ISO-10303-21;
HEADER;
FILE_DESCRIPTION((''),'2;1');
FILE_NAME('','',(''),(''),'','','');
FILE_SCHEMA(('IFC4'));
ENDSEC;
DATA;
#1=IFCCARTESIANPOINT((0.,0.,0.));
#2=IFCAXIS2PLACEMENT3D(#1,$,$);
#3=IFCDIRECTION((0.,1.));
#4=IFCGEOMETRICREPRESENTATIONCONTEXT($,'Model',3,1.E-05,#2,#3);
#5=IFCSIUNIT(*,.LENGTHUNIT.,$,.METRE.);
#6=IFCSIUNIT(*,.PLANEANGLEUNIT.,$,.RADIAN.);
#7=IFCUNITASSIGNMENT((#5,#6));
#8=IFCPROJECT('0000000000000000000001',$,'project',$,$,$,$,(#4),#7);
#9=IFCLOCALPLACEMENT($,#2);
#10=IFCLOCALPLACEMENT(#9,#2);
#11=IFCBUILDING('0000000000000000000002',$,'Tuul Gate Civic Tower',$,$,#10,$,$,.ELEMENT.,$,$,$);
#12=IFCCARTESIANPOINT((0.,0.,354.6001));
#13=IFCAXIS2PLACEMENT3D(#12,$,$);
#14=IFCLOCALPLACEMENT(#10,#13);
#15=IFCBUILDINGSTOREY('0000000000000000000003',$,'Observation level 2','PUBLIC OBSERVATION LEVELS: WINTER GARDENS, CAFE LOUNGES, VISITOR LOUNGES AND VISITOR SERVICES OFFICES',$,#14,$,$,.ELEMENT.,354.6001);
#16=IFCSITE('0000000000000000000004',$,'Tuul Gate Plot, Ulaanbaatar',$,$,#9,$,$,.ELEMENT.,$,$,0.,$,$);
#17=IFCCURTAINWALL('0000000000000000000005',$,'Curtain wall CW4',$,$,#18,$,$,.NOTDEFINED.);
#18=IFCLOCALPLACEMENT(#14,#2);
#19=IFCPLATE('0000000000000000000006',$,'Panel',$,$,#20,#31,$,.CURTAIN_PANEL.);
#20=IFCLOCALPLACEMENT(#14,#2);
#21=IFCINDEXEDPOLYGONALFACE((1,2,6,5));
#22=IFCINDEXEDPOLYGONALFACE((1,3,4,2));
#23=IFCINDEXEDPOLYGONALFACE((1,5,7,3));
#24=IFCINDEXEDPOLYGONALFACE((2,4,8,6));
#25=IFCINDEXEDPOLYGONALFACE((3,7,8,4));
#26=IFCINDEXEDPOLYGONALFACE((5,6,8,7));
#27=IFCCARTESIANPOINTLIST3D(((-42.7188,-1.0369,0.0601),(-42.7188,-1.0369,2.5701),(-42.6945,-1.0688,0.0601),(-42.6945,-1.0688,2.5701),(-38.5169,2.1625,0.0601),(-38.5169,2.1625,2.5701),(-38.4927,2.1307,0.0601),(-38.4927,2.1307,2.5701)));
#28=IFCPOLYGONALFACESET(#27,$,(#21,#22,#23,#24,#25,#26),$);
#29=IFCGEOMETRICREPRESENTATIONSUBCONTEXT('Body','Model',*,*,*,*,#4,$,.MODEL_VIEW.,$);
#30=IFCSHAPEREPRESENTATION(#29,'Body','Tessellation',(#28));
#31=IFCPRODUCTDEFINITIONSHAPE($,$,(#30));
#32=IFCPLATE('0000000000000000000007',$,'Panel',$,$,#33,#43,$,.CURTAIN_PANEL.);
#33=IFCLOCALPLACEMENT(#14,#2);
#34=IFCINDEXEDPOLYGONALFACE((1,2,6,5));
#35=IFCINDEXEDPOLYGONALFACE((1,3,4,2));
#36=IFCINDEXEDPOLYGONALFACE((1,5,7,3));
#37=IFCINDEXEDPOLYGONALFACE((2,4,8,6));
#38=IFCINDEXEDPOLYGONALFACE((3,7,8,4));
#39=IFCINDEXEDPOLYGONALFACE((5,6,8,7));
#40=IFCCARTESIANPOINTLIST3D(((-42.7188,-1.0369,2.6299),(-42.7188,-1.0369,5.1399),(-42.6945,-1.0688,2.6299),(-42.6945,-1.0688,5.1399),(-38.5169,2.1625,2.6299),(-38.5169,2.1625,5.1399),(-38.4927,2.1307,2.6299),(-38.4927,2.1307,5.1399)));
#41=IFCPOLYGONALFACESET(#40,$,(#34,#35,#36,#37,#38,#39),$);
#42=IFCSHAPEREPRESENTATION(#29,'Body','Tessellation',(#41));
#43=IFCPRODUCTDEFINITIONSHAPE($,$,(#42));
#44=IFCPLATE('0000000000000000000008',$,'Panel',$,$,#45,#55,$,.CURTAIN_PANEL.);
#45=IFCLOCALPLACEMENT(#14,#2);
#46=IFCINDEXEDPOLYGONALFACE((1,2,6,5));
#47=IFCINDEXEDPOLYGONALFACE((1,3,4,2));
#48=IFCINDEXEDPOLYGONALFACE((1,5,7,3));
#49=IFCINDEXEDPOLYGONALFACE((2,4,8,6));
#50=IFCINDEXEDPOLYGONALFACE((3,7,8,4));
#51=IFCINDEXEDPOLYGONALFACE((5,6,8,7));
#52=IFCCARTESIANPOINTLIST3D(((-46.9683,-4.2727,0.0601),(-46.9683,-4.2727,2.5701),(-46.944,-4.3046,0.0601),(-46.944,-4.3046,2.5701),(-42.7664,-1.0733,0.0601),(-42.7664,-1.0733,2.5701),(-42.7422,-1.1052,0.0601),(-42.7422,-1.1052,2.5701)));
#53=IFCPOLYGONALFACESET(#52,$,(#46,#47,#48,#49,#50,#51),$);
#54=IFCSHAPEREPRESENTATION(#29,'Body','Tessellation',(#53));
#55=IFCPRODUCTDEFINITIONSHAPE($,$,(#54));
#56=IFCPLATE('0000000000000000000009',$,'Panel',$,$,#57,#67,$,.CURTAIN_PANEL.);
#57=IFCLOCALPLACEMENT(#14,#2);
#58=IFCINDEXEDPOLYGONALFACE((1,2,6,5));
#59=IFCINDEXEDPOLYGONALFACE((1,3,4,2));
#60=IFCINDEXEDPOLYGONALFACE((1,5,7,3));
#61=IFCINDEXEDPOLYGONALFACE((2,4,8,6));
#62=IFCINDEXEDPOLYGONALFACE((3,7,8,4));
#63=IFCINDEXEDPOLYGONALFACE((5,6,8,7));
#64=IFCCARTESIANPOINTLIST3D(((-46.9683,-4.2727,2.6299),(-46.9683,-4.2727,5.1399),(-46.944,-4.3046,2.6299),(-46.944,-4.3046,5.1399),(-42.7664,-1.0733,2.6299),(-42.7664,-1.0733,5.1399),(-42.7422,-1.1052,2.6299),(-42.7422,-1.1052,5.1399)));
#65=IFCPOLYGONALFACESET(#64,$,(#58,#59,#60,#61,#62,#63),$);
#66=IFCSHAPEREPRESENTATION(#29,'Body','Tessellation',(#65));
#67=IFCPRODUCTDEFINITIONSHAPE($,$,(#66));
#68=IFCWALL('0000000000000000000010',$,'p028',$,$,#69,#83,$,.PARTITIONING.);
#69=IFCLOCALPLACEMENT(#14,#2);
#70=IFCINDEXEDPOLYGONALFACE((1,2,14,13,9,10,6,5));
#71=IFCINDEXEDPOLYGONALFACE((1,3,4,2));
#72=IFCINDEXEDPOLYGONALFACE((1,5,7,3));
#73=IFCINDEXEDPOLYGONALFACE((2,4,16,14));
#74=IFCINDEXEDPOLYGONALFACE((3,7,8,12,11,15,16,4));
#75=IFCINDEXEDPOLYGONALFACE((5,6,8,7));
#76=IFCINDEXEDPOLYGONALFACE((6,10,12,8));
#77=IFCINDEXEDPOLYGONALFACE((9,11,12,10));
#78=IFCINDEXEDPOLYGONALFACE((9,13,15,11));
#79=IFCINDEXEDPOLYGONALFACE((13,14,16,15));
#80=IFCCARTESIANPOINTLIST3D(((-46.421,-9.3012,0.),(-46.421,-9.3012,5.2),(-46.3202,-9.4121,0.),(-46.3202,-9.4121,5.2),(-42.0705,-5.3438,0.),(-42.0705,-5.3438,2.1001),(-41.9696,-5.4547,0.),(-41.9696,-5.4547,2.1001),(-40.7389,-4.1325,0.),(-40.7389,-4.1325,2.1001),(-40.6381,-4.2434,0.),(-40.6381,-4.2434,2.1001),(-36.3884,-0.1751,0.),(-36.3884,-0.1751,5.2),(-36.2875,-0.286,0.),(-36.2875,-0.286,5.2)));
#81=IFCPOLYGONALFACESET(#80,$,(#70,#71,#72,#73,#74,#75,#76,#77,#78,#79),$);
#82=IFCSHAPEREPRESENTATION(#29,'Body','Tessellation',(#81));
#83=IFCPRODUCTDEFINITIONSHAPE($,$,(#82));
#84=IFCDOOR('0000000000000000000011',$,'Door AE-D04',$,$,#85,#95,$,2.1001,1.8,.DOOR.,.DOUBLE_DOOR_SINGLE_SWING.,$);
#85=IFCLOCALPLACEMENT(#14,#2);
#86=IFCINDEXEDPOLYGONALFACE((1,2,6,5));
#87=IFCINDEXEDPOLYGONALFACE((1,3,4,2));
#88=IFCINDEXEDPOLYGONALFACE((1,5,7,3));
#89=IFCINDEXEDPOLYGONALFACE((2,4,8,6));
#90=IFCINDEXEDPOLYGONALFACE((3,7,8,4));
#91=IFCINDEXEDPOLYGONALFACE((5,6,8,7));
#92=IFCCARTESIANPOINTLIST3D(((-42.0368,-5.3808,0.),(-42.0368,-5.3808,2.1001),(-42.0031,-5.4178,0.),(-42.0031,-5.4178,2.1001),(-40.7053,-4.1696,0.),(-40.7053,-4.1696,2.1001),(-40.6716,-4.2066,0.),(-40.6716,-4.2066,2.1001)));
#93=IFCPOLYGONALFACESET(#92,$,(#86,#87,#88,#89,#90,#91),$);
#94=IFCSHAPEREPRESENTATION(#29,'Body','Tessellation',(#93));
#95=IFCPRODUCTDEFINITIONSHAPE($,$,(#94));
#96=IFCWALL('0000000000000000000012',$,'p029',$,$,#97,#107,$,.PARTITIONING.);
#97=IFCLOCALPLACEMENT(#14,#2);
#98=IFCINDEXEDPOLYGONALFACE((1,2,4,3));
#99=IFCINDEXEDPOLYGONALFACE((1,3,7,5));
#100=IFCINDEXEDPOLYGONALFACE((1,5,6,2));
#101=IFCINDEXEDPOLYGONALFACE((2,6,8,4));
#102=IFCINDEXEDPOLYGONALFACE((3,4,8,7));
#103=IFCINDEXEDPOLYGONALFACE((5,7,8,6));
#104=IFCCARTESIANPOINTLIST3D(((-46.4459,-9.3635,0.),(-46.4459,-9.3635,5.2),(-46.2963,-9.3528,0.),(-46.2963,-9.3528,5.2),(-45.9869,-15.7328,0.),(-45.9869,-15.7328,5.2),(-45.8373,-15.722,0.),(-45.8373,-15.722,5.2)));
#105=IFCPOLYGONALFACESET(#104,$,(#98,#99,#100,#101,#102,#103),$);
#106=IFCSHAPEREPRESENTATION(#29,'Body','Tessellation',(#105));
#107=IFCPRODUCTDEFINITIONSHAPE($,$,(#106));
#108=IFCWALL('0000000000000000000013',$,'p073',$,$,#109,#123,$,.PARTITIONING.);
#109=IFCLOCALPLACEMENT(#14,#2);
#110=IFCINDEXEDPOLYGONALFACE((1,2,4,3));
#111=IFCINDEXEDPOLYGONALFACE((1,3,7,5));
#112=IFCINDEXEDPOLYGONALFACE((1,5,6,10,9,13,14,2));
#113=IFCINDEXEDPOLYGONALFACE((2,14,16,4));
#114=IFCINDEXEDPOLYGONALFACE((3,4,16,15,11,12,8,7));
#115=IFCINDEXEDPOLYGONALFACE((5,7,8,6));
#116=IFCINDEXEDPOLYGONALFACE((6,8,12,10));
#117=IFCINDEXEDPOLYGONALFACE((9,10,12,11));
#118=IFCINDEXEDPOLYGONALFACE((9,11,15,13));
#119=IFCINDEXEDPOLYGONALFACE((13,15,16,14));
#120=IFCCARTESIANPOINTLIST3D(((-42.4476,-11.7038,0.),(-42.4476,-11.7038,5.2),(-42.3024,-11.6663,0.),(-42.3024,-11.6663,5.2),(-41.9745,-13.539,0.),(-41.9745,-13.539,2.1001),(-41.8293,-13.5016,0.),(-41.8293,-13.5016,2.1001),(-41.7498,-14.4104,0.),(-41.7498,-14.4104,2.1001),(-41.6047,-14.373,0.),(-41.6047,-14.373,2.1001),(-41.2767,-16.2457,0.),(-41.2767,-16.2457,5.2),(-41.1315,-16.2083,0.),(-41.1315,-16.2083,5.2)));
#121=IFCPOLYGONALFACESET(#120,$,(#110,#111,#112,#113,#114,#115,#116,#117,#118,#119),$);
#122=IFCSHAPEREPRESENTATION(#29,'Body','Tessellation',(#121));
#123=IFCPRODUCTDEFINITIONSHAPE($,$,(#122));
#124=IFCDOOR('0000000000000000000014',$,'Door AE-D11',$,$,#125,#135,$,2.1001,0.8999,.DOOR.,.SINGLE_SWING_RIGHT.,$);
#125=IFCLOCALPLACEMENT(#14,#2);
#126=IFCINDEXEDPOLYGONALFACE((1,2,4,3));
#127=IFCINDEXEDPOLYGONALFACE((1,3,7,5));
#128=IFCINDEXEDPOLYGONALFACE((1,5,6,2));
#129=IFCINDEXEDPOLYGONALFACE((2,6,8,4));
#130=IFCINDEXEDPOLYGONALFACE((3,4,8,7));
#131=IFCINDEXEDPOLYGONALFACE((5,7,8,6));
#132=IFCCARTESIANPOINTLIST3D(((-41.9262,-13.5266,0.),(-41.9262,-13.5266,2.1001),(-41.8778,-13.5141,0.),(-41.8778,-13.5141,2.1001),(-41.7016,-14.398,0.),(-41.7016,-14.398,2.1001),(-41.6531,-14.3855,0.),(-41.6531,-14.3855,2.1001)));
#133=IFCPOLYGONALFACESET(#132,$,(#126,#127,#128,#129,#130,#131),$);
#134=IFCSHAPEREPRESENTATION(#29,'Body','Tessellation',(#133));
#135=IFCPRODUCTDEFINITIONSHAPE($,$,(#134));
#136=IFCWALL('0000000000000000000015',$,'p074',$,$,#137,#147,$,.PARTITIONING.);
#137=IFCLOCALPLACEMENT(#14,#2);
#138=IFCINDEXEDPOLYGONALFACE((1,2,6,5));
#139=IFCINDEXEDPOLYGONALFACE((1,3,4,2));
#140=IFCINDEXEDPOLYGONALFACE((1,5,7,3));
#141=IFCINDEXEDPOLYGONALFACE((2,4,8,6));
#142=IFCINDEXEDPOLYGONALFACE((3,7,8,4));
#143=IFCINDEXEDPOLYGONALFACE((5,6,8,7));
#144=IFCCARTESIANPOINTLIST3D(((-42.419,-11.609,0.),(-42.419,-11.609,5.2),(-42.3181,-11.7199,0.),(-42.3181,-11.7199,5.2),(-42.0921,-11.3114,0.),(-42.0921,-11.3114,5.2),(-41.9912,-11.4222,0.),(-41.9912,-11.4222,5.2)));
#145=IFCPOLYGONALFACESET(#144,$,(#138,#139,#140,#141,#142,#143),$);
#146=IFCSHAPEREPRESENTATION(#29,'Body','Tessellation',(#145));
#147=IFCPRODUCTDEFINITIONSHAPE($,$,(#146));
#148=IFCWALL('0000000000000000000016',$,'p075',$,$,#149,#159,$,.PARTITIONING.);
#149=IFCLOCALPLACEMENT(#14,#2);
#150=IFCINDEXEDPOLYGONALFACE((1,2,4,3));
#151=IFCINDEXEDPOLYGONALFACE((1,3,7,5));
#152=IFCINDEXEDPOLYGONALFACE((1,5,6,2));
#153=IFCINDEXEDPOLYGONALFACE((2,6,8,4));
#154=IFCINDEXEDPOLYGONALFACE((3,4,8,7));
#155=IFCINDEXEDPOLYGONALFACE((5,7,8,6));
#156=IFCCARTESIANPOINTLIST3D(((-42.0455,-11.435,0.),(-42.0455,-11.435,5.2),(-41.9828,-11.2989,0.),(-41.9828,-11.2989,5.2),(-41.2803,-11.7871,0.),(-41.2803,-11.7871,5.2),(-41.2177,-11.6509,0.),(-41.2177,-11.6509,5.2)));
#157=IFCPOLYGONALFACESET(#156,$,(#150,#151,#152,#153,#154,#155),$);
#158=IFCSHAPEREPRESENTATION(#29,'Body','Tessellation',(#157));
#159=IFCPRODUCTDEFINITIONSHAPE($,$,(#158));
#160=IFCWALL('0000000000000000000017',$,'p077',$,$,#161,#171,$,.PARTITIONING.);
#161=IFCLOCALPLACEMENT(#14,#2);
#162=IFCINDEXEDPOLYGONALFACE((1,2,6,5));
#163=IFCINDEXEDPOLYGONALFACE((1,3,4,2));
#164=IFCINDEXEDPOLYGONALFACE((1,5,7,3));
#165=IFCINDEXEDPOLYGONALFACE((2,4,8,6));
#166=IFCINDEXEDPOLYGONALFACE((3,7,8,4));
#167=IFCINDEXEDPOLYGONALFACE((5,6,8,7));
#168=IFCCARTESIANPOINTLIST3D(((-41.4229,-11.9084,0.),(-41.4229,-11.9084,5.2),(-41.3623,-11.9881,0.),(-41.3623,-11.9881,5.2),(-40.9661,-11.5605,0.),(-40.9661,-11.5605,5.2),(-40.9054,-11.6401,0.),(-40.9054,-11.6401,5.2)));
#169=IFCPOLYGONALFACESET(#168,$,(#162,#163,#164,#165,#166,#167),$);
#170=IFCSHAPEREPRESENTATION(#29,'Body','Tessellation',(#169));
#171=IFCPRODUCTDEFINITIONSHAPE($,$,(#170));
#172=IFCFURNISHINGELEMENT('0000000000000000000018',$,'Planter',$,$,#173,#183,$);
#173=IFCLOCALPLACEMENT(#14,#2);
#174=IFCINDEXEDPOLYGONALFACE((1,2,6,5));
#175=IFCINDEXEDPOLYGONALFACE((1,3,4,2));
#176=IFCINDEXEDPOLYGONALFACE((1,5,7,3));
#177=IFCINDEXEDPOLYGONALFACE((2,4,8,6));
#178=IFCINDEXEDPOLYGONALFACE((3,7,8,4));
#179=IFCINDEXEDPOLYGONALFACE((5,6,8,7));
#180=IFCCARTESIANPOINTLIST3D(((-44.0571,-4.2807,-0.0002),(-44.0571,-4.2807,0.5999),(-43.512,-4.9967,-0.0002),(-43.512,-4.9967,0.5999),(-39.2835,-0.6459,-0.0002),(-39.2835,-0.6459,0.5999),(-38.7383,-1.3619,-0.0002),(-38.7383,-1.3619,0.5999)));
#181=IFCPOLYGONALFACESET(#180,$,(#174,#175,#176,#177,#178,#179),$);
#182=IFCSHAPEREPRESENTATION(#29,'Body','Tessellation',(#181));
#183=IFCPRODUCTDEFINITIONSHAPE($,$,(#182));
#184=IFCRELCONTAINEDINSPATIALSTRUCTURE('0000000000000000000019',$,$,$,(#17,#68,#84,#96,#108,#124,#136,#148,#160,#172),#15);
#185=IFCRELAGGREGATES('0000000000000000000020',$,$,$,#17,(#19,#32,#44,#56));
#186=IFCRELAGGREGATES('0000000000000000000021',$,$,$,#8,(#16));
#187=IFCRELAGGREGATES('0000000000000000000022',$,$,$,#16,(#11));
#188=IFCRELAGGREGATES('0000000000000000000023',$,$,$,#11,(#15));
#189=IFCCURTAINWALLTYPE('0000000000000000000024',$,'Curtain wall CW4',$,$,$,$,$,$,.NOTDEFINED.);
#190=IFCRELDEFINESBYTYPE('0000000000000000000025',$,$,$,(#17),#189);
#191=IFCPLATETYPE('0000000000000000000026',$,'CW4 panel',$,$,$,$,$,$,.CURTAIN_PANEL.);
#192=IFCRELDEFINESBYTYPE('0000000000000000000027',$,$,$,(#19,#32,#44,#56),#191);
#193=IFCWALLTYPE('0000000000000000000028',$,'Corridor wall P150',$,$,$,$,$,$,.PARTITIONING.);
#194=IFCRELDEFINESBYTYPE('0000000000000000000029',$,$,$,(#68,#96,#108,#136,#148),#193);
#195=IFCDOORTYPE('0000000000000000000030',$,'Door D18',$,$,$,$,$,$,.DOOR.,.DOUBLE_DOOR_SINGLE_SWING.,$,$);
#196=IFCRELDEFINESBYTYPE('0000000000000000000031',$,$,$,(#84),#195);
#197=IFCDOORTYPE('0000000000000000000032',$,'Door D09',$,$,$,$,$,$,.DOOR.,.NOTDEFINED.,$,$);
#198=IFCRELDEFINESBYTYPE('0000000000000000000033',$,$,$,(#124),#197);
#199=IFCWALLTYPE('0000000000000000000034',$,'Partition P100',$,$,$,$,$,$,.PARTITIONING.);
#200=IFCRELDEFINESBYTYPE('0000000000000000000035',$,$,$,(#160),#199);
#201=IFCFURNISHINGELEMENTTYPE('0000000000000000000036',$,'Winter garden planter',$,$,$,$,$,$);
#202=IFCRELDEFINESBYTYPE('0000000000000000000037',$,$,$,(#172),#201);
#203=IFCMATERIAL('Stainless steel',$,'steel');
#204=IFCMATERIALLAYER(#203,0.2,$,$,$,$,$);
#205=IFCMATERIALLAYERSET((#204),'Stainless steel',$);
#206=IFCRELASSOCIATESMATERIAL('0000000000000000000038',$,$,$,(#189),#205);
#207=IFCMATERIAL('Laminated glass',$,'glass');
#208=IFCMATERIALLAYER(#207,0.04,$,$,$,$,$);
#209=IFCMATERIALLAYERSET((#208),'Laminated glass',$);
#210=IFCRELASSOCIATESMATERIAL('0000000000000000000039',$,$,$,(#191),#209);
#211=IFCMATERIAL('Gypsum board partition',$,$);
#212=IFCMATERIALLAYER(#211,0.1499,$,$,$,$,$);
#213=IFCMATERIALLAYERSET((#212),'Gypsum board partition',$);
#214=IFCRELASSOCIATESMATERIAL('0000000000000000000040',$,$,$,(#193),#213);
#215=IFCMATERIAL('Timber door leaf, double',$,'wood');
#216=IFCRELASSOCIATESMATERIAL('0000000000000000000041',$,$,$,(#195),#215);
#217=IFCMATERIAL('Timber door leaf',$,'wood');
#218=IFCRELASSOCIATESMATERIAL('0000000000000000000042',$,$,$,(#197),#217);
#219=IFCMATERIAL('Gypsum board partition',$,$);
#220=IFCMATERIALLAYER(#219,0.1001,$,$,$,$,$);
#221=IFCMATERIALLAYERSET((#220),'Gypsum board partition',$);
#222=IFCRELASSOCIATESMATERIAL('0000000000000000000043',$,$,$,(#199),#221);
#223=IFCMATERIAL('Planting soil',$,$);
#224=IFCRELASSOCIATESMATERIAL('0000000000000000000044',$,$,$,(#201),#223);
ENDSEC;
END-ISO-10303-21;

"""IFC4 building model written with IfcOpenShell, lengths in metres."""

from ifc_helpers import new_model, si_unit, direction, frame, frame_2d, origin, origin_2d, place, context, subcontext, project, spatial, rectangle, extrude, material, layer, layer_set, type_object, element, fill, aggregate, save


model = new_model("IFC4")

# Units and contexts
model_context = context("Model", 3, precision=1e-05, world=origin(), true_north=direction((0.0, 1.0)))
body_context = subcontext(model_context, "Body", "Model", "MODEL_VIEW")
ifc_project = project(units=[si_unit("LENGTHUNIT", "METRE"), si_unit("PLANEANGLEUNIT", "RADIAN")], contexts=[model_context])

# Site, building, storey
site_placement = place(None, origin())
site = spatial("IfcSite", under=ifc_project, at=site_placement, Name="Tuul Gate Plot, Ulaanbaatar", CompositionType="ELEMENT", RefElevation=0.0)
building_placement = place(site_placement, origin())
building = spatial("IfcBuilding", under=site, at=building_placement, Name="Tuul Gate Civic Tower", CompositionType="ELEMENT")
storey_placement = place(building_placement, frame((0.0, 0.0, 354.6001)))
storey = spatial("IfcBuildingStorey", under=building, at=storey_placement, Name="Observation level 2", Description="PUBLIC OBSERVATION LEVELS: WINTER GARDENS, CAFE LOUNGES, VISITOR LOUNGES AND VISITOR SERVICES OFFICES", CompositionType="ELEMENT", Elevation=354.6001)

# Curtain wall
ifc_material_1 = material(Name="Stainless steel", Category="steel")
ifc_layer_1 = layer(ifc_material_1, 0.2)
ifc_layer_set_1 = layer_set([ifc_layer_1], Name="Stainless steel")
curtain_wall_type = type_object("IfcCurtainWallType", Name="Curtain wall CW4", PredefinedType="NOTDEFINED", material=ifc_layer_set_1)
curtain_wall_1_placement = place(storey_placement, origin())
curtain_wall_1 = element("IfcCurtainWall", 1, at=curtain_wall_1_placement, inside=storey, type_object=curtain_wall_type, Name="Curtain wall CW4", PredefinedType="NOTDEFINED")

# Plates
ifc_material_2 = material(Name="Laminated glass", Category="glass")
ifc_layer_2 = layer(ifc_material_2, 0.04)
ifc_layer_set_2 = layer_set([ifc_layer_2], Name="Laminated glass")
plate_type = type_object("IfcPlateType", Name="CW4 panel", PredefinedType="CURTAIN_PANEL", material=ifc_layer_set_2)
plate_1_placement = place(storey_placement, frame((-40.6057, 0.5469, 0.0601), z_axis=(0.0, 0.0, 1.0), x_axis=(-0.795611, -0.605808, 0.0)))
plate_1 = element("IfcPlate", 2, at=plate_1_placement, type_object=plate_type, Name="Panel", PredefinedType="CURTAIN_PANEL", context=body_context, shape_type="SweptSolid", body=[
    extrude(rectangle(XDim=5.2812, YDim=0.04, at=origin_2d()), origin(), (0.0, 0.0, 1.0), 2.51),
])
plate_2_placement = place(storey_placement, frame((-40.6057, 0.5469, 2.6299), z_axis=(0.0, 0.0, 1.0), x_axis=(-0.795611, -0.605808, 0.0)))
plate_2 = element("IfcPlate", 3, at=plate_2_placement, type_object=plate_type, Name="Panel", PredefinedType="CURTAIN_PANEL", context=body_context, shape_type="SweptSolid", body=[
    extrude(rectangle(XDim=5.2812, YDim=0.04, at=origin_2d()), origin(), (0.0, 0.0, 1.0), 2.51),
])
plate_3_placement = place(storey_placement, frame((-44.8552, -2.689, 0.0601), z_axis=(0.0, 0.0, 1.0), x_axis=(-0.795611, -0.605808, 0.0)))
plate_3 = element("IfcPlate", 4, at=plate_3_placement, type_object=plate_type, Name="Panel", PredefinedType="CURTAIN_PANEL", context=body_context, shape_type="SweptSolid", body=[
    extrude(rectangle(XDim=5.2812, YDim=0.04, at=origin_2d()), origin(), (0.0, 0.0, 1.0), 2.51),
])
plate_4_placement = place(storey_placement, frame((-44.8552, -2.689, 2.6299), z_axis=(0.0, 0.0, 1.0), x_axis=(-0.795611, -0.605808, 0.0)))
plate_4 = element("IfcPlate", 5, at=plate_4_placement, type_object=plate_type, Name="Panel", PredefinedType="CURTAIN_PANEL", context=body_context, shape_type="SweptSolid", body=[
    extrude(rectangle(XDim=5.2812, YDim=0.04, at=origin_2d()), origin(), (0.0, 0.0, 1.0), 2.51),
])
aggregate(curtain_wall_1, [plate_1, plate_2, plate_3, plate_4])

# Wall, opening, door
ifc_material_3 = material(Name="Gypsum board partition")
ifc_layer_3 = layer(ifc_material_3, 0.1499)
ifc_layer_set_3 = layer_set([ifc_layer_3], Name="Gypsum board partition")
wall_type_1 = type_object("IfcWallType", Name="Corridor wall P150", PredefinedType="PARTITIONING", material=ifc_layer_set_3)
wall_1_placement = place(storey_placement, frame((-46.3706, -9.3567, 0.0), z_axis=(0.0, 0.0, 1.0), x_axis=(0.739736, 0.672898, 0.0)))
wall_1 = element("IfcWall", 6, at=wall_1_placement, inside=storey, type_object=wall_type_1, Name="p028", PredefinedType="PARTITIONING", context=body_context, shape_type="SweptSolid", body=[
    extrude(rectangle(XDim=13.5625, YDim=0.1499, at=frame_2d((6.7812, 0.0))), origin(), (0.0, 0.0, 1.0), 5.2),
])
opening_1_placement = place(wall_1_placement, frame((5.8813, 0.0, 0.0)))
opening_1 = element("IfcOpeningElement", 7, at=opening_1_placement, cuts=wall_1, PredefinedType="OPENING", context=body_context, shape_type="SweptSolid", body=[
    extrude(rectangle(XDim=1.8, YDim=2.1001, at=frame_2d((0.8999, 1.05))), frame((0.0, 0.085, 0.0), z_axis=(0.0, -1.0, 0.0), x_axis=(1.0, 0.0, 0.0)), (0.0, 0.0, 1.0), 0.1699),
])
ifc_material_4 = material(Name="Timber door leaf, double", Category="wood")
door_type_1 = type_object("IfcDoorType", Name="Door D18", OperationType="DOUBLE_DOOR_SINGLE_SWING", PredefinedType="DOOR", material=ifc_material_4)
door_1_placement = place(opening_1_placement, origin())
door_1 = element("IfcDoor", 8, at=door_1_placement, inside=storey, type_object=door_type_1, Name="Door AE-D04", OperationType="DOUBLE_DOOR_SINGLE_SWING", OverallHeight=2.1001, OverallWidth=1.8, PredefinedType="DOOR", context=body_context, shape_type="SweptSolid", body=[
    extrude(rectangle(XDim=1.8, YDim=2.1001, at=frame_2d((0.8999, 1.05))), frame((0.0, 0.0249, 0.0), z_axis=(0.0, -1.0, 0.0), x_axis=(1.0, 0.0, 0.0)), (0.0, 0.0, 1.0), 0.05),
])
fill(opening_1, door_1)

# Wall
wall_2_placement = place(storey_placement, frame((-46.3711, -9.3582, 0.0), z_axis=(0.0, 0.0, 1.0), x_axis=(0.071877, -0.997413, 0.0)))
element("IfcWall", 9, at=wall_2_placement, inside=storey, type_object=wall_type_1, Name="p029", PredefinedType="PARTITIONING", context=body_context, shape_type="SweptSolid", body=[
    extrude(rectangle(XDim=6.3857, YDim=0.1499, at=frame_2d((3.1929, 0.0))), origin(), (0.0, 0.0, 1.0), 5.2),
])

# Wall, opening, door
wall_3_placement = place(storey_placement, frame((-42.375, -11.6851, 0.0), z_axis=(0.0, 0.0, 1.0), x_axis=(0.249632, -0.968341, 0.0)))
wall_3 = element("IfcWall", 10, at=wall_3_placement, inside=storey, type_object=wall_type_1, Name="p073", PredefinedType="PARTITIONING", context=body_context, shape_type="SweptSolid", body=[
    extrude(rectangle(XDim=4.6904, YDim=0.1499, at=frame_2d((2.3452, 0.0))), origin(), (0.0, 0.0, 1.0), 5.2),
])
opening_2_placement = place(wall_3_placement, frame((1.8953, 0.0, 0.0)))
opening_2 = element("IfcOpeningElement", 11, at=opening_2_placement, cuts=wall_3, PredefinedType="OPENING", context=body_context, shape_type="SweptSolid", body=[
    extrude(rectangle(XDim=0.8999, YDim=2.1001, at=frame_2d((0.45, 1.05))), frame((0.0, 0.085, 0.0), z_axis=(0.0, -1.0, 0.0), x_axis=(1.0, 0.0, 0.0)), (0.0, 0.0, 1.0), 0.1699),
])
ifc_material_5 = material(Name="Timber door leaf", Category="wood")
door_type_2 = type_object("IfcDoorType", Name="Door D09", OperationType="NOTDEFINED", PredefinedType="DOOR", material=ifc_material_5)
door_2_placement = place(opening_2_placement, origin())
door_2 = element("IfcDoor", 12, at=door_2_placement, inside=storey, type_object=door_type_2, Name="Door AE-D11", OperationType="SINGLE_SWING_RIGHT", OverallHeight=2.1001, OverallWidth=0.8999, PredefinedType="DOOR", context=body_context, shape_type="SweptSolid", body=[
    extrude(rectangle(XDim=0.8999, YDim=2.1001, at=frame_2d((0.45, 1.05))), frame((0.0, 0.0249, 0.0), z_axis=(0.0, -1.0, 0.0), x_axis=(1.0, 0.0, 0.0)), (0.0, 0.0, 1.0), 0.05),
])
fill(opening_2, door_2)

# Walls
wall_4_placement = place(storey_placement, frame((-42.3687, -11.6646, 0.0), z_axis=(0.0, 0.0, 1.0), x_axis=(0.739465, 0.673195, 0.0)))
element("IfcWall", 13, at=wall_4_placement, inside=storey, type_object=wall_type_1, Name="p074", PredefinedType="PARTITIONING", context=body_context, shape_type="SweptSolid", body=[
    extrude(rectangle(XDim=0.4421, YDim=0.1499, at=frame_2d((0.2212, 0.0))), origin(), (0.0, 0.0, 1.0), 5.2),
])
wall_5_placement = place(storey_placement, frame((-42.0142, -11.3669, 0.0), z_axis=(0.0, 0.0, 1.0), x_axis=(0.908451, -0.417992, 0.0)))
element("IfcWall", 14, at=wall_5_placement, inside=storey, type_object=wall_type_1, Name="p075", PredefinedType="PARTITIONING", context=body_context, shape_type="SweptSolid", body=[
    extrude(rectangle(XDim=0.8423, YDim=0.1499, at=frame_2d((0.4211, 0.0))), origin(), (0.0, 0.0, 1.0), 5.2),
])
ifc_material_6 = material(Name="Gypsum board partition")
ifc_layer_4 = layer(ifc_material_6, 0.1001)
ifc_layer_set_4 = layer_set([ifc_layer_4], Name="Gypsum board partition")
wall_type_2 = type_object("IfcWallType", Name="Partition P100", PredefinedType="PARTITIONING", material=ifc_layer_set_4)
wall_6_placement = place(storey_placement, frame((-41.3926, -11.9482, 0.0), z_axis=(0.0, 0.0, 1.0), x_axis=(0.795539, 0.605902, 0.0)))
element("IfcWall", 15, at=wall_6_placement, inside=storey, type_object=wall_type_2, Name="p077", PredefinedType="PARTITIONING", context=body_context, shape_type="SweptSolid", body=[
    extrude(rectangle(XDim=0.5742, YDim=0.1001, at=frame_2d((0.2871, 0.0))), origin(), (0.0, 0.0, 1.0), 5.2),
])

# Furnishing element
ifc_material_7 = material(Name="Planting soil")
furnishing_element_type = type_object("IfcFurnishingElementType", Name="Winter garden planter", material=ifc_material_7)
furnishing_placement = place(storey_placement, frame((-41.3977, -2.8213, -0.0002), z_axis=(0.0, 0.0, 1.0), x_axis=(-0.795611, -0.605808, 0.0)))
element("IfcFurnishingElement", 16, at=furnishing_placement, inside=storey, type_object=furnishing_element_type, Name="Planter", context=body_context, shape_type="SweptSolid", body=[
    extrude(rectangle(XDim=6.0, YDim=0.8999, at=origin_2d()), origin(), (0.0, 0.0, 1.0), 0.6001),
])

save(model, "model.ifc")
